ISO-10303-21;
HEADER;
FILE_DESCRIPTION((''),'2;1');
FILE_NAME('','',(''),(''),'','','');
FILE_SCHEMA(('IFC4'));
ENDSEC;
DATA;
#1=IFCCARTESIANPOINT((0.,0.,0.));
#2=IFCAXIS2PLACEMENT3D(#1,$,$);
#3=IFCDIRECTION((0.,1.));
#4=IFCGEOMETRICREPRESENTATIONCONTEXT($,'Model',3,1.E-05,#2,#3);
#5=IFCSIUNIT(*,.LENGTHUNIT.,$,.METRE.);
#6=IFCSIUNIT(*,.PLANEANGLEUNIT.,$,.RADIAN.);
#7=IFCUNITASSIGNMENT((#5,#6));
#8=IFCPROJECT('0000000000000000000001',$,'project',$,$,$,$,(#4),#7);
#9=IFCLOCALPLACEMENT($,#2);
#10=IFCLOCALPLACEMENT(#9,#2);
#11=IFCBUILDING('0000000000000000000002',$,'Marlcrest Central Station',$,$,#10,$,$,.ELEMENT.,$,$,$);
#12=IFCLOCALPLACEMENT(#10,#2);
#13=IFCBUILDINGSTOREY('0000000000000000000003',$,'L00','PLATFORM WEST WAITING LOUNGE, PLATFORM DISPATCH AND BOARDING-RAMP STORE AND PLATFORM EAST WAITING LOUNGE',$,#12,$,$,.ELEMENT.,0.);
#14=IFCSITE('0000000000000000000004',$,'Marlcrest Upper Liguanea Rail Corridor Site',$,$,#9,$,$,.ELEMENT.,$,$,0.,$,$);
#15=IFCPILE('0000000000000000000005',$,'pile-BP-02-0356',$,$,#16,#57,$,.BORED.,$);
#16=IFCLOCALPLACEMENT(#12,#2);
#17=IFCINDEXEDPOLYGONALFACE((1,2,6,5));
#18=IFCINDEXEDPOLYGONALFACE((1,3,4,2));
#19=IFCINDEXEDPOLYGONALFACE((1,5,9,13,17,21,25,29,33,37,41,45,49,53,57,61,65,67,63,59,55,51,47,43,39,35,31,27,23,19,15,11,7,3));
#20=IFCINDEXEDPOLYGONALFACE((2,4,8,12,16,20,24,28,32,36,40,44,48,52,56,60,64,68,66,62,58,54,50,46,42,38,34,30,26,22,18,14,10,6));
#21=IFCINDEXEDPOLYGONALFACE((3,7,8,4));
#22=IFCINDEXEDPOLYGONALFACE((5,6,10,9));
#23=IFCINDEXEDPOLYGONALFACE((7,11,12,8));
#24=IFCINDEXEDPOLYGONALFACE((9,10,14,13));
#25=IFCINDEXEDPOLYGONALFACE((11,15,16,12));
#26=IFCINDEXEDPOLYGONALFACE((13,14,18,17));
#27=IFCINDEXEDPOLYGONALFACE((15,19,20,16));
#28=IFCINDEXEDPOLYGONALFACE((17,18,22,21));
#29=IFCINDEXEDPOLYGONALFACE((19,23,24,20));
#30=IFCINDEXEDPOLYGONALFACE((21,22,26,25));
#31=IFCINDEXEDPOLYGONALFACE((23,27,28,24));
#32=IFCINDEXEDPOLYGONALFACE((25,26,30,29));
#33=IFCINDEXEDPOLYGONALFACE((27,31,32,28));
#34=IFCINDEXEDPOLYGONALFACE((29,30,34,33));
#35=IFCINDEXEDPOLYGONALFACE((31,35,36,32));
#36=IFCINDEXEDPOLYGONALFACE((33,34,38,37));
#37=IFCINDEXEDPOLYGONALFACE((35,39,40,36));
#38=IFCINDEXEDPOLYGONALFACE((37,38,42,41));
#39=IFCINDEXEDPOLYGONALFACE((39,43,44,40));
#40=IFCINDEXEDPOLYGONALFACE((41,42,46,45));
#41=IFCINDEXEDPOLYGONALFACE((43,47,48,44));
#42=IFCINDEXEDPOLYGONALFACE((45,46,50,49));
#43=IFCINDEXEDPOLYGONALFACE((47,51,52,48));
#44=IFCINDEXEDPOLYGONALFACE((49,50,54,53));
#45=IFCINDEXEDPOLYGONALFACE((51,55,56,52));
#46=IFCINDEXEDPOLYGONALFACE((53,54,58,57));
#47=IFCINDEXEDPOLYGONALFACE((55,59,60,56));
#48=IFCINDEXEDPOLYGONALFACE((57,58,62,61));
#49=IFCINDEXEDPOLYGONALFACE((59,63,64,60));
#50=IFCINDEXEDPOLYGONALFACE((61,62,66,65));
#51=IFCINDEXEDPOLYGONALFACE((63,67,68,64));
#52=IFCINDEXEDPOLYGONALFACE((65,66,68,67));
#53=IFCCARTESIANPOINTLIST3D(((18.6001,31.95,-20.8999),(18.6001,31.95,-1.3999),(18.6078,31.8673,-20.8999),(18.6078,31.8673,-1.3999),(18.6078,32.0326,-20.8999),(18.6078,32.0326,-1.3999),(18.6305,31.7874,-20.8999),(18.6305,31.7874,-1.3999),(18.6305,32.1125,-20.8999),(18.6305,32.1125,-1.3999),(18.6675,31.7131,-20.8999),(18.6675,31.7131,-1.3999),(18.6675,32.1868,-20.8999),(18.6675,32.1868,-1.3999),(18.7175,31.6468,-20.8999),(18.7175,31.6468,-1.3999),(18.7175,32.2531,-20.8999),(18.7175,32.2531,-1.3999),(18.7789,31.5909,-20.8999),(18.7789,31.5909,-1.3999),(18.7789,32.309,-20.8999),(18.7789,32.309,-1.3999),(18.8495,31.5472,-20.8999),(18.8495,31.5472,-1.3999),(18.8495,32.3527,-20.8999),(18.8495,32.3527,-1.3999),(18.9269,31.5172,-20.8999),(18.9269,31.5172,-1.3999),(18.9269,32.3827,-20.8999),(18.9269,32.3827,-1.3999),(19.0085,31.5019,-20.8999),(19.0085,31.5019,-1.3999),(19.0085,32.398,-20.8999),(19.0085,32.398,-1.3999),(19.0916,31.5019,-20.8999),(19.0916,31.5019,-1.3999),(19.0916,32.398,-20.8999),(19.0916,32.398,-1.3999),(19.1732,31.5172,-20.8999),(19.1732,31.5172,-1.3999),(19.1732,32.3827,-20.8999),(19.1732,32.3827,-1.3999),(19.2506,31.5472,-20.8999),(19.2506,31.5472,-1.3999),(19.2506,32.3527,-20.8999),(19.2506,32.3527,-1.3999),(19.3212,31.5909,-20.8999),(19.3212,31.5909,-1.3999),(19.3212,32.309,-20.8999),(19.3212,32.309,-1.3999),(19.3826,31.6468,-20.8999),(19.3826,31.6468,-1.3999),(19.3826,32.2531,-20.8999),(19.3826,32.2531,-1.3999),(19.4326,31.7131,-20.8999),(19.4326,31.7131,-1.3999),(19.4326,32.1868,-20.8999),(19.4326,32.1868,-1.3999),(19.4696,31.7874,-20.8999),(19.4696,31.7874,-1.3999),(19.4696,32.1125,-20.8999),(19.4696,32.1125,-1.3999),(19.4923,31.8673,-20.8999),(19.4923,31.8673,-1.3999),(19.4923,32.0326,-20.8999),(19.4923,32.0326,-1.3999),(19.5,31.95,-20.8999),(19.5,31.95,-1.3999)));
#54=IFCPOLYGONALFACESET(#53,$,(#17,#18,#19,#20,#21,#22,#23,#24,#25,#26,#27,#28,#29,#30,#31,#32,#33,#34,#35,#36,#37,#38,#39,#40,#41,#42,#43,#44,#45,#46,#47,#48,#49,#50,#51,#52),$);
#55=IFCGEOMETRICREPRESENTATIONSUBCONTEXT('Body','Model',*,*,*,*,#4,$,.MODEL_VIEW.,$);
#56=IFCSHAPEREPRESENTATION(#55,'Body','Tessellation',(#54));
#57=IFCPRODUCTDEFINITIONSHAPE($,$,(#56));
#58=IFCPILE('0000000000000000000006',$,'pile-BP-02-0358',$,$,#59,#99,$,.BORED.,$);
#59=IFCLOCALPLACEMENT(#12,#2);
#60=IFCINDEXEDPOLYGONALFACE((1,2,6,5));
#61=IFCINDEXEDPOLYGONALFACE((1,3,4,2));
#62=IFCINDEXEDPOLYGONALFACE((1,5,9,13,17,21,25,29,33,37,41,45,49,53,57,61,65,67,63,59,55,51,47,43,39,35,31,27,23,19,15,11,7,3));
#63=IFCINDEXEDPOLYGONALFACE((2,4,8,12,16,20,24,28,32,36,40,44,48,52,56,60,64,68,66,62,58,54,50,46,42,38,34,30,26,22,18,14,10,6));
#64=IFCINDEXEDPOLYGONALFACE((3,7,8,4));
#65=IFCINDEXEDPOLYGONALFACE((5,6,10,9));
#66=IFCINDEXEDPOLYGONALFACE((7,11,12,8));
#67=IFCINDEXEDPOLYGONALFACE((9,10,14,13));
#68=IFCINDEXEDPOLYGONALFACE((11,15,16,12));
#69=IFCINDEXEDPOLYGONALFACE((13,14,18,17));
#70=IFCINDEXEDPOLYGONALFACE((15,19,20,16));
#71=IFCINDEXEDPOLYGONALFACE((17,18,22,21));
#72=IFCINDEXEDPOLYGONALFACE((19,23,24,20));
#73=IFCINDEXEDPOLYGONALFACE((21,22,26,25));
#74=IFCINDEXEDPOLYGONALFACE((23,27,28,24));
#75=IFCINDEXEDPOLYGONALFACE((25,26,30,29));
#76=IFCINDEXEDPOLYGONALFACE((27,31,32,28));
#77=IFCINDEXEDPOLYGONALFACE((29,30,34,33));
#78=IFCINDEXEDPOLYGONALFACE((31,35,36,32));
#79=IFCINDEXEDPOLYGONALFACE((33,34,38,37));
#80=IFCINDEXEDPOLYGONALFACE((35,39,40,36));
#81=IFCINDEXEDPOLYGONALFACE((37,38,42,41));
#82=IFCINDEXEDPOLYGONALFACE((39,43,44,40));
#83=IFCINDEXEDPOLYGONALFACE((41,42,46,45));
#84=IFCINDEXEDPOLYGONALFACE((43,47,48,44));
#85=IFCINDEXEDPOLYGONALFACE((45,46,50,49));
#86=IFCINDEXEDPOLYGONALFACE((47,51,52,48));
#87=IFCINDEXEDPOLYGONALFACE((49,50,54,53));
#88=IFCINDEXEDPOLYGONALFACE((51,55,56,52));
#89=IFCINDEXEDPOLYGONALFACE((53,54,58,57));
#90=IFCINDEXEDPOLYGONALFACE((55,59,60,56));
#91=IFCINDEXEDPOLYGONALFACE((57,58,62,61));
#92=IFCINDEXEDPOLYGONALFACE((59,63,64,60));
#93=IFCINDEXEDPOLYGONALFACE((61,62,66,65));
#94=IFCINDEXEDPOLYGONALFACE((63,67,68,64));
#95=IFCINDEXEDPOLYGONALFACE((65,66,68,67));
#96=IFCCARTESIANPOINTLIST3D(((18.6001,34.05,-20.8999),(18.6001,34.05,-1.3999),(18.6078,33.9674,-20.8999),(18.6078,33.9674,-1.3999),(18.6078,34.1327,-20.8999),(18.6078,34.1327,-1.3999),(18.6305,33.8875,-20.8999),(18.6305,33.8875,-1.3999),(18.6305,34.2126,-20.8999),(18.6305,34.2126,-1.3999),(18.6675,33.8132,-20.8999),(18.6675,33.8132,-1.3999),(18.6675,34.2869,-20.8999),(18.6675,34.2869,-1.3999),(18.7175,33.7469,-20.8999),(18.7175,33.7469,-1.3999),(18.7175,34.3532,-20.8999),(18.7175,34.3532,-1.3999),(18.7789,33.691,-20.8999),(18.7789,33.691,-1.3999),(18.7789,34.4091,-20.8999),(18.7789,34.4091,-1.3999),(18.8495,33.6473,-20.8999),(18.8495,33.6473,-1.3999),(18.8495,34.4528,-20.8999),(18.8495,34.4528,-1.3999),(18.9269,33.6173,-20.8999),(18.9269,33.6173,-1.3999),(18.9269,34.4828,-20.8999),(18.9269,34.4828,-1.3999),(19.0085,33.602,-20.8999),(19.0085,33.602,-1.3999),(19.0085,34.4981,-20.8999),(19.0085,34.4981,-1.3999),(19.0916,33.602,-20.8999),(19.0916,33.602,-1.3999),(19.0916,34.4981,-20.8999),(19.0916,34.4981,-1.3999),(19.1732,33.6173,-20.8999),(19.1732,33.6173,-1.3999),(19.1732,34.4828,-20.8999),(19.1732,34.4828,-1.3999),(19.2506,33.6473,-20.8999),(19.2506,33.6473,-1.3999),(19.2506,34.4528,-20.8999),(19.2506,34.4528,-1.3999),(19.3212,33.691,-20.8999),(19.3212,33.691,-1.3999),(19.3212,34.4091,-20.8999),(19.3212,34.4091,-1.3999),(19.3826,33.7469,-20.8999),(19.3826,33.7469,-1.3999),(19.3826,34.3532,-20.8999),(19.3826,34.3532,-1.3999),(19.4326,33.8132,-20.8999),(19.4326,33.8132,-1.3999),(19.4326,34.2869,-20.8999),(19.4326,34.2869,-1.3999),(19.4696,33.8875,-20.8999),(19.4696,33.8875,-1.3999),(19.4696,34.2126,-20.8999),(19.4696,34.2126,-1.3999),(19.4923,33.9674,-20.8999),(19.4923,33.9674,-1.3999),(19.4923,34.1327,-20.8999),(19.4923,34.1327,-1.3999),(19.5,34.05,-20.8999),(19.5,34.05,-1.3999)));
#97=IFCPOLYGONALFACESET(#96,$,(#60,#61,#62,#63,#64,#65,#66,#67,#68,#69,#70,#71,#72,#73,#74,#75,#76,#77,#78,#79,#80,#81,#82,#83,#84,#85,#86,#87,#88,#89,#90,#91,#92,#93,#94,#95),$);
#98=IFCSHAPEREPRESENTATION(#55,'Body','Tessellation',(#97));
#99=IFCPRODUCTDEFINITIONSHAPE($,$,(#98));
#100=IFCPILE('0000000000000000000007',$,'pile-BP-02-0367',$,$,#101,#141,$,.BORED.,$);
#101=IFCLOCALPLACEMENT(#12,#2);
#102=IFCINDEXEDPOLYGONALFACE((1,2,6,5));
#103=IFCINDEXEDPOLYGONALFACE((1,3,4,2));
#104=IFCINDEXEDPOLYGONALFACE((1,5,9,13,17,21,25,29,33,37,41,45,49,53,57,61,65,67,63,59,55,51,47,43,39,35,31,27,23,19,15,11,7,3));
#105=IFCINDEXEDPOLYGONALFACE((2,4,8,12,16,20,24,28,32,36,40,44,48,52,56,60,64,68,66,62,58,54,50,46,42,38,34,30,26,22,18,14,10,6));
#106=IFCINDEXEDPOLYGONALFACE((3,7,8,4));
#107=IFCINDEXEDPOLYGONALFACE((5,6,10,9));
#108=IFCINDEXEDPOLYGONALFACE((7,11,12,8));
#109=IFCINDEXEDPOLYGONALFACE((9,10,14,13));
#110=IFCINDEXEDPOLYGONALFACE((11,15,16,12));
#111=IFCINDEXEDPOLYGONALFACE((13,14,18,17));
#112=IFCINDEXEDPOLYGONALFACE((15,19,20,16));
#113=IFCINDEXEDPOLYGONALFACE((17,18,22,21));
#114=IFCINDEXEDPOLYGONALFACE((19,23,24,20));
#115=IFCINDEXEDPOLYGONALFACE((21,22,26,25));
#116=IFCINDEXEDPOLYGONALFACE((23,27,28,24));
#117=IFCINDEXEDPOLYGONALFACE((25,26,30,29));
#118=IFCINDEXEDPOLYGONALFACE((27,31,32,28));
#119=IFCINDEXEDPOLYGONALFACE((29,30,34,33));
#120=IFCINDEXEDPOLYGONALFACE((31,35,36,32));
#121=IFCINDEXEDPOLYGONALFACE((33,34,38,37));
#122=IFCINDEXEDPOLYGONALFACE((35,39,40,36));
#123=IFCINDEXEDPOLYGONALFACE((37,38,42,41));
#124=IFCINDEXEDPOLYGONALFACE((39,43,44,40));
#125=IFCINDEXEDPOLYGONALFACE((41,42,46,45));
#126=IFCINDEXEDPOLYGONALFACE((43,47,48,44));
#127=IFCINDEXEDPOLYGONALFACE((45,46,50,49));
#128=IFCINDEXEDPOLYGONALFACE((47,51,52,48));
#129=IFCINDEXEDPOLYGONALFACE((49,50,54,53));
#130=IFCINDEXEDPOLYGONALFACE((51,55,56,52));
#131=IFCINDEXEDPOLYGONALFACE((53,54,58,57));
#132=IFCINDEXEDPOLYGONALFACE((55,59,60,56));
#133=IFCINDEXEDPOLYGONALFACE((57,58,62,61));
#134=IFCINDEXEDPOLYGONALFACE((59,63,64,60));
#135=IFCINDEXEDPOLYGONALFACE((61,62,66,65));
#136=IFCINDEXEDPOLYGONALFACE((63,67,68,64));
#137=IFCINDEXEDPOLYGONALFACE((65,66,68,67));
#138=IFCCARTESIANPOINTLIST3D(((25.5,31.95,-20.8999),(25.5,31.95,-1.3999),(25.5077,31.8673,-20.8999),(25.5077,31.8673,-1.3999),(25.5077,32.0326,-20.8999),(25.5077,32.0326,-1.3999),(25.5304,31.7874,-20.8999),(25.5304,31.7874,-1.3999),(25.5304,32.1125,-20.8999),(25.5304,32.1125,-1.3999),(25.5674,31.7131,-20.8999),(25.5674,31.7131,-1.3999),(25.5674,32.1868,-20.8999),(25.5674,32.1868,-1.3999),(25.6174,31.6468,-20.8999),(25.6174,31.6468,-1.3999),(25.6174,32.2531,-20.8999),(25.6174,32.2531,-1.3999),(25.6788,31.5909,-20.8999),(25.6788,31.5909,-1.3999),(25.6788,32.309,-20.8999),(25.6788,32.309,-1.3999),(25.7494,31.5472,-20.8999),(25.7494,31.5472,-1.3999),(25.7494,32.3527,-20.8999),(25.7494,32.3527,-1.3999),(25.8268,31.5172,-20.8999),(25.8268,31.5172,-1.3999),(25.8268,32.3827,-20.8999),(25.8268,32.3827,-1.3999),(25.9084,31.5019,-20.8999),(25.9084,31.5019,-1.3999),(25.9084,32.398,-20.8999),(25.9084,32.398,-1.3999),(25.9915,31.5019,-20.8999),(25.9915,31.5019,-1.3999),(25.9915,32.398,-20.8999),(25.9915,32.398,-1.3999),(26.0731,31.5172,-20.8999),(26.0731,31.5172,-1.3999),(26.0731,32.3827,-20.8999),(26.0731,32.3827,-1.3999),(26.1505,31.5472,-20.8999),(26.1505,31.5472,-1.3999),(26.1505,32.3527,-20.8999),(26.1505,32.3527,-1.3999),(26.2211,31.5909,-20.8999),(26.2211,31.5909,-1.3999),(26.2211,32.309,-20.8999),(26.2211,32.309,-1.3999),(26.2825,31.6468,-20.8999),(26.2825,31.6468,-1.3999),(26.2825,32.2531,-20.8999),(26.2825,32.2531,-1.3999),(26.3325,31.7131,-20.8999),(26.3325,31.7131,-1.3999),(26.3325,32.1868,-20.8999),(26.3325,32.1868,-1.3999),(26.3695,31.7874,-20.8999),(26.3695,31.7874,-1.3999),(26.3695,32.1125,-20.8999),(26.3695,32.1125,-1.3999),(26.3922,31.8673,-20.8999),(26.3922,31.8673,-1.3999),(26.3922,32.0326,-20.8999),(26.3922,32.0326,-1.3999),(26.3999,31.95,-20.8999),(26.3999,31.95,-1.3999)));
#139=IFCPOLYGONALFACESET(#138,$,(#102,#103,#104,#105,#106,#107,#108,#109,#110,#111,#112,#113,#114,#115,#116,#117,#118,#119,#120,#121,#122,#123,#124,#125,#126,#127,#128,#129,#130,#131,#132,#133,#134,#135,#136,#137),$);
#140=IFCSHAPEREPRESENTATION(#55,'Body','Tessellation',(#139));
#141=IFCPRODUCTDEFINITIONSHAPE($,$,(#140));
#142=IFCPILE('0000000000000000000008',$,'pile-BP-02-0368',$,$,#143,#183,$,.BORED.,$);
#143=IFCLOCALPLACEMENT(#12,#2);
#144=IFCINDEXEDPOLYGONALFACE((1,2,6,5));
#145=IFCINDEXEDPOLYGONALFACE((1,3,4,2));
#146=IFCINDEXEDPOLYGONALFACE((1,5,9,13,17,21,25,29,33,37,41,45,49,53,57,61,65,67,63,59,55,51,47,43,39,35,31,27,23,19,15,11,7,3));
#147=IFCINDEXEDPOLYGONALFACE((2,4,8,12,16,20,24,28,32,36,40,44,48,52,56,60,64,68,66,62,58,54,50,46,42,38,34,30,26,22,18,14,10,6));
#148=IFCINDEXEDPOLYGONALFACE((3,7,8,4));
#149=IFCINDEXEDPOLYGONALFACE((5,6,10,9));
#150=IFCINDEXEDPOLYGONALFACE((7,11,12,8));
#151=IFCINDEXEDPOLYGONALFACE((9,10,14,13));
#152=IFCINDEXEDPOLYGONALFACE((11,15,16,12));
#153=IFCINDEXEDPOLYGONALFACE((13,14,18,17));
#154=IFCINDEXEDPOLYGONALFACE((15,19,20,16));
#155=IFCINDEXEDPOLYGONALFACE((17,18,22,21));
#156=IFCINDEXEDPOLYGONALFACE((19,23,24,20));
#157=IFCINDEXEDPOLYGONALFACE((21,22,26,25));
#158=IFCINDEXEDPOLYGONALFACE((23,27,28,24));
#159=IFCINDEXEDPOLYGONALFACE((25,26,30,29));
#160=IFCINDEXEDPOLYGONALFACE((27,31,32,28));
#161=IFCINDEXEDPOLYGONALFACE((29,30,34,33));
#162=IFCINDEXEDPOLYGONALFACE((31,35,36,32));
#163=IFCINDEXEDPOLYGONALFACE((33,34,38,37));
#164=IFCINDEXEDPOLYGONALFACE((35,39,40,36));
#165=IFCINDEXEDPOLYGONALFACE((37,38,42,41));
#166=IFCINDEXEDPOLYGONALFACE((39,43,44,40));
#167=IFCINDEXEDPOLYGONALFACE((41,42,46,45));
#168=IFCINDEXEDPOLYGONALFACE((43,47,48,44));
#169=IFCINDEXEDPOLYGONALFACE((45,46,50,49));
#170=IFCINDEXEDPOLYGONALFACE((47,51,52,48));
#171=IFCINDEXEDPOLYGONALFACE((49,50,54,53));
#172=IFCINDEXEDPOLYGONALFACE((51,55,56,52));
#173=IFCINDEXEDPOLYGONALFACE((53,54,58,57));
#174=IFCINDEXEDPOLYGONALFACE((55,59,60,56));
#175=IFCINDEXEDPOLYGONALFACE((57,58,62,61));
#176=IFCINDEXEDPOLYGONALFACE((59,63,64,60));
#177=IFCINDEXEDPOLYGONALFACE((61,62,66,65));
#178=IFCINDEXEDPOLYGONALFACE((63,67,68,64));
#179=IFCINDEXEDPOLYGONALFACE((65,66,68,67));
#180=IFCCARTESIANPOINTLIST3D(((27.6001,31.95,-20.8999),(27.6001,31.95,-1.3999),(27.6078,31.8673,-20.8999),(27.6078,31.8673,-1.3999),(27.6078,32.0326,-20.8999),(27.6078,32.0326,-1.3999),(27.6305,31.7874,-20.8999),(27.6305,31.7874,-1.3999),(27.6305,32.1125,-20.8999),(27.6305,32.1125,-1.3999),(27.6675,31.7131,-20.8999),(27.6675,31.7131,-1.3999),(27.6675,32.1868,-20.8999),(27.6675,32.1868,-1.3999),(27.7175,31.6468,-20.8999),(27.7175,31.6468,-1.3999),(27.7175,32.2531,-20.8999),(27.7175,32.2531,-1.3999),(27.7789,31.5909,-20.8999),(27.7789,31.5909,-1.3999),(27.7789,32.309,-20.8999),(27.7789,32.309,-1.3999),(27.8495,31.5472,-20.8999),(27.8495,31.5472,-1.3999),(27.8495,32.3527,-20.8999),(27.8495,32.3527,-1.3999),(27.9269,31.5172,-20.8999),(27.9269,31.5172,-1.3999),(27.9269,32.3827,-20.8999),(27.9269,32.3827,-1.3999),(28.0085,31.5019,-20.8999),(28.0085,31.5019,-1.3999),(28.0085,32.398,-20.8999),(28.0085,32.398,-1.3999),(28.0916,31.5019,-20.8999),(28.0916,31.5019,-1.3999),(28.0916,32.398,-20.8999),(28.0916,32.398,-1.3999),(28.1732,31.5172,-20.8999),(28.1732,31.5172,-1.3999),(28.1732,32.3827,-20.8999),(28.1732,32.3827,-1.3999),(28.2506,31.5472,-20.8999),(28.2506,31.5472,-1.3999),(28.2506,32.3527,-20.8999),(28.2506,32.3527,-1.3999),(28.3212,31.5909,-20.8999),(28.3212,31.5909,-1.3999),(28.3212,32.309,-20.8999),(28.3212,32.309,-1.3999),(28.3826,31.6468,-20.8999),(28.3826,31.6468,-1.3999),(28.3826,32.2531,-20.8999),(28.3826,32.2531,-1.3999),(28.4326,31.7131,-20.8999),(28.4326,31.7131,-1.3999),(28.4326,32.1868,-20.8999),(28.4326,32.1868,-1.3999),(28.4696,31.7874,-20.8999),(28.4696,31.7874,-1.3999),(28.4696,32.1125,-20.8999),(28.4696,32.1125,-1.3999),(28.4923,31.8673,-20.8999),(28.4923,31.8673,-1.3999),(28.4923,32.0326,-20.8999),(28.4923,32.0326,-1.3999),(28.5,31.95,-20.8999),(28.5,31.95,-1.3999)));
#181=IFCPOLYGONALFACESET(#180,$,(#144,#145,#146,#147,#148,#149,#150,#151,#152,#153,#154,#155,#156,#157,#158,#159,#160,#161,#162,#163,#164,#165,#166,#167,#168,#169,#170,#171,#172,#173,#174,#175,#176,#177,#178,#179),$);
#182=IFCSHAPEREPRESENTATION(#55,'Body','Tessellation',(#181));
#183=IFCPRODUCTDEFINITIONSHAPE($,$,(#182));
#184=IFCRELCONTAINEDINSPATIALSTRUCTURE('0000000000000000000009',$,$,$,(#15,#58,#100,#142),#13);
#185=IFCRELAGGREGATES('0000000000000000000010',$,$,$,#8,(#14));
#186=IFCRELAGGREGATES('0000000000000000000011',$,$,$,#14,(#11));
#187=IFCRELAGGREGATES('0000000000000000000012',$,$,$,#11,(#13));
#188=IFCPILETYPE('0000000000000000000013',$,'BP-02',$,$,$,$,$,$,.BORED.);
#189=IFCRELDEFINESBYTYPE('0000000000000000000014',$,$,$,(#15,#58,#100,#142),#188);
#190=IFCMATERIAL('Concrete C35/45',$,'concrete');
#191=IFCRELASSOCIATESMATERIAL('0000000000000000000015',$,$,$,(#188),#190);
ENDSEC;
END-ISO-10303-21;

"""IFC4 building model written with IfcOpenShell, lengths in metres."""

from ifc_helpers import new_model, si_unit, direction, frame, origin, origin_2d, place, context, subcontext, project, spatial, circle, extrude, material, material_profile, profile_set, type_object, element, save


model = new_model("IFC4")

# Units and contexts
model_context = context("Model", 3, precision=1e-05, world=origin(), true_north=direction((0.0, 1.0)))
body_context = subcontext(model_context, "Body", "Model", "MODEL_VIEW")
ifc_project = project(units=[si_unit("LENGTHUNIT", "METRE"), si_unit("PLANEANGLEUNIT", "RADIAN")], contexts=[model_context])

# Site, building, storey
site_placement = place(None, origin())
site = spatial("IfcSite", under=ifc_project, at=site_placement, Name="Marlcrest Upper Liguanea Rail Corridor Site", CompositionType="ELEMENT", RefElevation=0.0)
building_placement = place(site_placement, origin())
building = spatial("IfcBuilding", under=site, at=building_placement, Name="Marlcrest Central Station", CompositionType="ELEMENT")
storey_placement = place(building_placement, origin())
storey = spatial("IfcBuildingStorey", under=building, at=storey_placement, Name="L00", Description="PLATFORM WEST WAITING LOUNGE, PLATFORM DISPATCH AND BOARDING-RAMP STORE AND PLATFORM EAST WAITING LOUNGE", CompositionType="ELEMENT", Elevation=0.0)

# Piles
ifc_material_1 = material(Name="Concrete C35/45", Category="concrete")
ifc_material_profile_1 = material_profile(ifc_material_1, circle(Radius=0.45, at=origin_2d()), Name="PILE D900")
ifc_profile_set_1 = profile_set([ifc_material_profile_1], Name="Concrete C35/45")
pile_type = type_object("IfcPileType", Name="BP-02", PredefinedType="BORED", material=ifc_profile_set_1)
for number, where, z_axis, x_axis, name in (
    (1, (19.05, 31.95, -1.3999), (0.0, 0.0, -1.0), (1.0, 0.0, 0.0), "pile-BP-02-0356"),
    (2, (19.05, 34.05, -1.3999), (0.0, 0.0, -1.0), (1.0, 0.0, 0.0), "pile-BP-02-0358"),
    (3, (25.95, 31.95, -1.3999), (0.0, 0.0, -1.0), (1.0, 0.0, 0.0), "pile-BP-02-0367"),
    (4, (28.05, 31.95, -1.3999), (0.0, 0.0, -1.0), (1.0, 0.0, 0.0), "pile-BP-02-0368"),
):
    element("IfcPile", number, at=place(storey_placement, frame(where, z_axis=z_axis, x_axis=x_axis)), inside=storey, type_object=pile_type, Name=name, PredefinedType="BORED", context=body_context, shape_type="SweptSolid", body=[
        extrude(circle(Radius=0.45, at=origin_2d()), origin(), (0.0, 0.0, 1.0), 19.5),
    ])

save(model, "model.ifc")
